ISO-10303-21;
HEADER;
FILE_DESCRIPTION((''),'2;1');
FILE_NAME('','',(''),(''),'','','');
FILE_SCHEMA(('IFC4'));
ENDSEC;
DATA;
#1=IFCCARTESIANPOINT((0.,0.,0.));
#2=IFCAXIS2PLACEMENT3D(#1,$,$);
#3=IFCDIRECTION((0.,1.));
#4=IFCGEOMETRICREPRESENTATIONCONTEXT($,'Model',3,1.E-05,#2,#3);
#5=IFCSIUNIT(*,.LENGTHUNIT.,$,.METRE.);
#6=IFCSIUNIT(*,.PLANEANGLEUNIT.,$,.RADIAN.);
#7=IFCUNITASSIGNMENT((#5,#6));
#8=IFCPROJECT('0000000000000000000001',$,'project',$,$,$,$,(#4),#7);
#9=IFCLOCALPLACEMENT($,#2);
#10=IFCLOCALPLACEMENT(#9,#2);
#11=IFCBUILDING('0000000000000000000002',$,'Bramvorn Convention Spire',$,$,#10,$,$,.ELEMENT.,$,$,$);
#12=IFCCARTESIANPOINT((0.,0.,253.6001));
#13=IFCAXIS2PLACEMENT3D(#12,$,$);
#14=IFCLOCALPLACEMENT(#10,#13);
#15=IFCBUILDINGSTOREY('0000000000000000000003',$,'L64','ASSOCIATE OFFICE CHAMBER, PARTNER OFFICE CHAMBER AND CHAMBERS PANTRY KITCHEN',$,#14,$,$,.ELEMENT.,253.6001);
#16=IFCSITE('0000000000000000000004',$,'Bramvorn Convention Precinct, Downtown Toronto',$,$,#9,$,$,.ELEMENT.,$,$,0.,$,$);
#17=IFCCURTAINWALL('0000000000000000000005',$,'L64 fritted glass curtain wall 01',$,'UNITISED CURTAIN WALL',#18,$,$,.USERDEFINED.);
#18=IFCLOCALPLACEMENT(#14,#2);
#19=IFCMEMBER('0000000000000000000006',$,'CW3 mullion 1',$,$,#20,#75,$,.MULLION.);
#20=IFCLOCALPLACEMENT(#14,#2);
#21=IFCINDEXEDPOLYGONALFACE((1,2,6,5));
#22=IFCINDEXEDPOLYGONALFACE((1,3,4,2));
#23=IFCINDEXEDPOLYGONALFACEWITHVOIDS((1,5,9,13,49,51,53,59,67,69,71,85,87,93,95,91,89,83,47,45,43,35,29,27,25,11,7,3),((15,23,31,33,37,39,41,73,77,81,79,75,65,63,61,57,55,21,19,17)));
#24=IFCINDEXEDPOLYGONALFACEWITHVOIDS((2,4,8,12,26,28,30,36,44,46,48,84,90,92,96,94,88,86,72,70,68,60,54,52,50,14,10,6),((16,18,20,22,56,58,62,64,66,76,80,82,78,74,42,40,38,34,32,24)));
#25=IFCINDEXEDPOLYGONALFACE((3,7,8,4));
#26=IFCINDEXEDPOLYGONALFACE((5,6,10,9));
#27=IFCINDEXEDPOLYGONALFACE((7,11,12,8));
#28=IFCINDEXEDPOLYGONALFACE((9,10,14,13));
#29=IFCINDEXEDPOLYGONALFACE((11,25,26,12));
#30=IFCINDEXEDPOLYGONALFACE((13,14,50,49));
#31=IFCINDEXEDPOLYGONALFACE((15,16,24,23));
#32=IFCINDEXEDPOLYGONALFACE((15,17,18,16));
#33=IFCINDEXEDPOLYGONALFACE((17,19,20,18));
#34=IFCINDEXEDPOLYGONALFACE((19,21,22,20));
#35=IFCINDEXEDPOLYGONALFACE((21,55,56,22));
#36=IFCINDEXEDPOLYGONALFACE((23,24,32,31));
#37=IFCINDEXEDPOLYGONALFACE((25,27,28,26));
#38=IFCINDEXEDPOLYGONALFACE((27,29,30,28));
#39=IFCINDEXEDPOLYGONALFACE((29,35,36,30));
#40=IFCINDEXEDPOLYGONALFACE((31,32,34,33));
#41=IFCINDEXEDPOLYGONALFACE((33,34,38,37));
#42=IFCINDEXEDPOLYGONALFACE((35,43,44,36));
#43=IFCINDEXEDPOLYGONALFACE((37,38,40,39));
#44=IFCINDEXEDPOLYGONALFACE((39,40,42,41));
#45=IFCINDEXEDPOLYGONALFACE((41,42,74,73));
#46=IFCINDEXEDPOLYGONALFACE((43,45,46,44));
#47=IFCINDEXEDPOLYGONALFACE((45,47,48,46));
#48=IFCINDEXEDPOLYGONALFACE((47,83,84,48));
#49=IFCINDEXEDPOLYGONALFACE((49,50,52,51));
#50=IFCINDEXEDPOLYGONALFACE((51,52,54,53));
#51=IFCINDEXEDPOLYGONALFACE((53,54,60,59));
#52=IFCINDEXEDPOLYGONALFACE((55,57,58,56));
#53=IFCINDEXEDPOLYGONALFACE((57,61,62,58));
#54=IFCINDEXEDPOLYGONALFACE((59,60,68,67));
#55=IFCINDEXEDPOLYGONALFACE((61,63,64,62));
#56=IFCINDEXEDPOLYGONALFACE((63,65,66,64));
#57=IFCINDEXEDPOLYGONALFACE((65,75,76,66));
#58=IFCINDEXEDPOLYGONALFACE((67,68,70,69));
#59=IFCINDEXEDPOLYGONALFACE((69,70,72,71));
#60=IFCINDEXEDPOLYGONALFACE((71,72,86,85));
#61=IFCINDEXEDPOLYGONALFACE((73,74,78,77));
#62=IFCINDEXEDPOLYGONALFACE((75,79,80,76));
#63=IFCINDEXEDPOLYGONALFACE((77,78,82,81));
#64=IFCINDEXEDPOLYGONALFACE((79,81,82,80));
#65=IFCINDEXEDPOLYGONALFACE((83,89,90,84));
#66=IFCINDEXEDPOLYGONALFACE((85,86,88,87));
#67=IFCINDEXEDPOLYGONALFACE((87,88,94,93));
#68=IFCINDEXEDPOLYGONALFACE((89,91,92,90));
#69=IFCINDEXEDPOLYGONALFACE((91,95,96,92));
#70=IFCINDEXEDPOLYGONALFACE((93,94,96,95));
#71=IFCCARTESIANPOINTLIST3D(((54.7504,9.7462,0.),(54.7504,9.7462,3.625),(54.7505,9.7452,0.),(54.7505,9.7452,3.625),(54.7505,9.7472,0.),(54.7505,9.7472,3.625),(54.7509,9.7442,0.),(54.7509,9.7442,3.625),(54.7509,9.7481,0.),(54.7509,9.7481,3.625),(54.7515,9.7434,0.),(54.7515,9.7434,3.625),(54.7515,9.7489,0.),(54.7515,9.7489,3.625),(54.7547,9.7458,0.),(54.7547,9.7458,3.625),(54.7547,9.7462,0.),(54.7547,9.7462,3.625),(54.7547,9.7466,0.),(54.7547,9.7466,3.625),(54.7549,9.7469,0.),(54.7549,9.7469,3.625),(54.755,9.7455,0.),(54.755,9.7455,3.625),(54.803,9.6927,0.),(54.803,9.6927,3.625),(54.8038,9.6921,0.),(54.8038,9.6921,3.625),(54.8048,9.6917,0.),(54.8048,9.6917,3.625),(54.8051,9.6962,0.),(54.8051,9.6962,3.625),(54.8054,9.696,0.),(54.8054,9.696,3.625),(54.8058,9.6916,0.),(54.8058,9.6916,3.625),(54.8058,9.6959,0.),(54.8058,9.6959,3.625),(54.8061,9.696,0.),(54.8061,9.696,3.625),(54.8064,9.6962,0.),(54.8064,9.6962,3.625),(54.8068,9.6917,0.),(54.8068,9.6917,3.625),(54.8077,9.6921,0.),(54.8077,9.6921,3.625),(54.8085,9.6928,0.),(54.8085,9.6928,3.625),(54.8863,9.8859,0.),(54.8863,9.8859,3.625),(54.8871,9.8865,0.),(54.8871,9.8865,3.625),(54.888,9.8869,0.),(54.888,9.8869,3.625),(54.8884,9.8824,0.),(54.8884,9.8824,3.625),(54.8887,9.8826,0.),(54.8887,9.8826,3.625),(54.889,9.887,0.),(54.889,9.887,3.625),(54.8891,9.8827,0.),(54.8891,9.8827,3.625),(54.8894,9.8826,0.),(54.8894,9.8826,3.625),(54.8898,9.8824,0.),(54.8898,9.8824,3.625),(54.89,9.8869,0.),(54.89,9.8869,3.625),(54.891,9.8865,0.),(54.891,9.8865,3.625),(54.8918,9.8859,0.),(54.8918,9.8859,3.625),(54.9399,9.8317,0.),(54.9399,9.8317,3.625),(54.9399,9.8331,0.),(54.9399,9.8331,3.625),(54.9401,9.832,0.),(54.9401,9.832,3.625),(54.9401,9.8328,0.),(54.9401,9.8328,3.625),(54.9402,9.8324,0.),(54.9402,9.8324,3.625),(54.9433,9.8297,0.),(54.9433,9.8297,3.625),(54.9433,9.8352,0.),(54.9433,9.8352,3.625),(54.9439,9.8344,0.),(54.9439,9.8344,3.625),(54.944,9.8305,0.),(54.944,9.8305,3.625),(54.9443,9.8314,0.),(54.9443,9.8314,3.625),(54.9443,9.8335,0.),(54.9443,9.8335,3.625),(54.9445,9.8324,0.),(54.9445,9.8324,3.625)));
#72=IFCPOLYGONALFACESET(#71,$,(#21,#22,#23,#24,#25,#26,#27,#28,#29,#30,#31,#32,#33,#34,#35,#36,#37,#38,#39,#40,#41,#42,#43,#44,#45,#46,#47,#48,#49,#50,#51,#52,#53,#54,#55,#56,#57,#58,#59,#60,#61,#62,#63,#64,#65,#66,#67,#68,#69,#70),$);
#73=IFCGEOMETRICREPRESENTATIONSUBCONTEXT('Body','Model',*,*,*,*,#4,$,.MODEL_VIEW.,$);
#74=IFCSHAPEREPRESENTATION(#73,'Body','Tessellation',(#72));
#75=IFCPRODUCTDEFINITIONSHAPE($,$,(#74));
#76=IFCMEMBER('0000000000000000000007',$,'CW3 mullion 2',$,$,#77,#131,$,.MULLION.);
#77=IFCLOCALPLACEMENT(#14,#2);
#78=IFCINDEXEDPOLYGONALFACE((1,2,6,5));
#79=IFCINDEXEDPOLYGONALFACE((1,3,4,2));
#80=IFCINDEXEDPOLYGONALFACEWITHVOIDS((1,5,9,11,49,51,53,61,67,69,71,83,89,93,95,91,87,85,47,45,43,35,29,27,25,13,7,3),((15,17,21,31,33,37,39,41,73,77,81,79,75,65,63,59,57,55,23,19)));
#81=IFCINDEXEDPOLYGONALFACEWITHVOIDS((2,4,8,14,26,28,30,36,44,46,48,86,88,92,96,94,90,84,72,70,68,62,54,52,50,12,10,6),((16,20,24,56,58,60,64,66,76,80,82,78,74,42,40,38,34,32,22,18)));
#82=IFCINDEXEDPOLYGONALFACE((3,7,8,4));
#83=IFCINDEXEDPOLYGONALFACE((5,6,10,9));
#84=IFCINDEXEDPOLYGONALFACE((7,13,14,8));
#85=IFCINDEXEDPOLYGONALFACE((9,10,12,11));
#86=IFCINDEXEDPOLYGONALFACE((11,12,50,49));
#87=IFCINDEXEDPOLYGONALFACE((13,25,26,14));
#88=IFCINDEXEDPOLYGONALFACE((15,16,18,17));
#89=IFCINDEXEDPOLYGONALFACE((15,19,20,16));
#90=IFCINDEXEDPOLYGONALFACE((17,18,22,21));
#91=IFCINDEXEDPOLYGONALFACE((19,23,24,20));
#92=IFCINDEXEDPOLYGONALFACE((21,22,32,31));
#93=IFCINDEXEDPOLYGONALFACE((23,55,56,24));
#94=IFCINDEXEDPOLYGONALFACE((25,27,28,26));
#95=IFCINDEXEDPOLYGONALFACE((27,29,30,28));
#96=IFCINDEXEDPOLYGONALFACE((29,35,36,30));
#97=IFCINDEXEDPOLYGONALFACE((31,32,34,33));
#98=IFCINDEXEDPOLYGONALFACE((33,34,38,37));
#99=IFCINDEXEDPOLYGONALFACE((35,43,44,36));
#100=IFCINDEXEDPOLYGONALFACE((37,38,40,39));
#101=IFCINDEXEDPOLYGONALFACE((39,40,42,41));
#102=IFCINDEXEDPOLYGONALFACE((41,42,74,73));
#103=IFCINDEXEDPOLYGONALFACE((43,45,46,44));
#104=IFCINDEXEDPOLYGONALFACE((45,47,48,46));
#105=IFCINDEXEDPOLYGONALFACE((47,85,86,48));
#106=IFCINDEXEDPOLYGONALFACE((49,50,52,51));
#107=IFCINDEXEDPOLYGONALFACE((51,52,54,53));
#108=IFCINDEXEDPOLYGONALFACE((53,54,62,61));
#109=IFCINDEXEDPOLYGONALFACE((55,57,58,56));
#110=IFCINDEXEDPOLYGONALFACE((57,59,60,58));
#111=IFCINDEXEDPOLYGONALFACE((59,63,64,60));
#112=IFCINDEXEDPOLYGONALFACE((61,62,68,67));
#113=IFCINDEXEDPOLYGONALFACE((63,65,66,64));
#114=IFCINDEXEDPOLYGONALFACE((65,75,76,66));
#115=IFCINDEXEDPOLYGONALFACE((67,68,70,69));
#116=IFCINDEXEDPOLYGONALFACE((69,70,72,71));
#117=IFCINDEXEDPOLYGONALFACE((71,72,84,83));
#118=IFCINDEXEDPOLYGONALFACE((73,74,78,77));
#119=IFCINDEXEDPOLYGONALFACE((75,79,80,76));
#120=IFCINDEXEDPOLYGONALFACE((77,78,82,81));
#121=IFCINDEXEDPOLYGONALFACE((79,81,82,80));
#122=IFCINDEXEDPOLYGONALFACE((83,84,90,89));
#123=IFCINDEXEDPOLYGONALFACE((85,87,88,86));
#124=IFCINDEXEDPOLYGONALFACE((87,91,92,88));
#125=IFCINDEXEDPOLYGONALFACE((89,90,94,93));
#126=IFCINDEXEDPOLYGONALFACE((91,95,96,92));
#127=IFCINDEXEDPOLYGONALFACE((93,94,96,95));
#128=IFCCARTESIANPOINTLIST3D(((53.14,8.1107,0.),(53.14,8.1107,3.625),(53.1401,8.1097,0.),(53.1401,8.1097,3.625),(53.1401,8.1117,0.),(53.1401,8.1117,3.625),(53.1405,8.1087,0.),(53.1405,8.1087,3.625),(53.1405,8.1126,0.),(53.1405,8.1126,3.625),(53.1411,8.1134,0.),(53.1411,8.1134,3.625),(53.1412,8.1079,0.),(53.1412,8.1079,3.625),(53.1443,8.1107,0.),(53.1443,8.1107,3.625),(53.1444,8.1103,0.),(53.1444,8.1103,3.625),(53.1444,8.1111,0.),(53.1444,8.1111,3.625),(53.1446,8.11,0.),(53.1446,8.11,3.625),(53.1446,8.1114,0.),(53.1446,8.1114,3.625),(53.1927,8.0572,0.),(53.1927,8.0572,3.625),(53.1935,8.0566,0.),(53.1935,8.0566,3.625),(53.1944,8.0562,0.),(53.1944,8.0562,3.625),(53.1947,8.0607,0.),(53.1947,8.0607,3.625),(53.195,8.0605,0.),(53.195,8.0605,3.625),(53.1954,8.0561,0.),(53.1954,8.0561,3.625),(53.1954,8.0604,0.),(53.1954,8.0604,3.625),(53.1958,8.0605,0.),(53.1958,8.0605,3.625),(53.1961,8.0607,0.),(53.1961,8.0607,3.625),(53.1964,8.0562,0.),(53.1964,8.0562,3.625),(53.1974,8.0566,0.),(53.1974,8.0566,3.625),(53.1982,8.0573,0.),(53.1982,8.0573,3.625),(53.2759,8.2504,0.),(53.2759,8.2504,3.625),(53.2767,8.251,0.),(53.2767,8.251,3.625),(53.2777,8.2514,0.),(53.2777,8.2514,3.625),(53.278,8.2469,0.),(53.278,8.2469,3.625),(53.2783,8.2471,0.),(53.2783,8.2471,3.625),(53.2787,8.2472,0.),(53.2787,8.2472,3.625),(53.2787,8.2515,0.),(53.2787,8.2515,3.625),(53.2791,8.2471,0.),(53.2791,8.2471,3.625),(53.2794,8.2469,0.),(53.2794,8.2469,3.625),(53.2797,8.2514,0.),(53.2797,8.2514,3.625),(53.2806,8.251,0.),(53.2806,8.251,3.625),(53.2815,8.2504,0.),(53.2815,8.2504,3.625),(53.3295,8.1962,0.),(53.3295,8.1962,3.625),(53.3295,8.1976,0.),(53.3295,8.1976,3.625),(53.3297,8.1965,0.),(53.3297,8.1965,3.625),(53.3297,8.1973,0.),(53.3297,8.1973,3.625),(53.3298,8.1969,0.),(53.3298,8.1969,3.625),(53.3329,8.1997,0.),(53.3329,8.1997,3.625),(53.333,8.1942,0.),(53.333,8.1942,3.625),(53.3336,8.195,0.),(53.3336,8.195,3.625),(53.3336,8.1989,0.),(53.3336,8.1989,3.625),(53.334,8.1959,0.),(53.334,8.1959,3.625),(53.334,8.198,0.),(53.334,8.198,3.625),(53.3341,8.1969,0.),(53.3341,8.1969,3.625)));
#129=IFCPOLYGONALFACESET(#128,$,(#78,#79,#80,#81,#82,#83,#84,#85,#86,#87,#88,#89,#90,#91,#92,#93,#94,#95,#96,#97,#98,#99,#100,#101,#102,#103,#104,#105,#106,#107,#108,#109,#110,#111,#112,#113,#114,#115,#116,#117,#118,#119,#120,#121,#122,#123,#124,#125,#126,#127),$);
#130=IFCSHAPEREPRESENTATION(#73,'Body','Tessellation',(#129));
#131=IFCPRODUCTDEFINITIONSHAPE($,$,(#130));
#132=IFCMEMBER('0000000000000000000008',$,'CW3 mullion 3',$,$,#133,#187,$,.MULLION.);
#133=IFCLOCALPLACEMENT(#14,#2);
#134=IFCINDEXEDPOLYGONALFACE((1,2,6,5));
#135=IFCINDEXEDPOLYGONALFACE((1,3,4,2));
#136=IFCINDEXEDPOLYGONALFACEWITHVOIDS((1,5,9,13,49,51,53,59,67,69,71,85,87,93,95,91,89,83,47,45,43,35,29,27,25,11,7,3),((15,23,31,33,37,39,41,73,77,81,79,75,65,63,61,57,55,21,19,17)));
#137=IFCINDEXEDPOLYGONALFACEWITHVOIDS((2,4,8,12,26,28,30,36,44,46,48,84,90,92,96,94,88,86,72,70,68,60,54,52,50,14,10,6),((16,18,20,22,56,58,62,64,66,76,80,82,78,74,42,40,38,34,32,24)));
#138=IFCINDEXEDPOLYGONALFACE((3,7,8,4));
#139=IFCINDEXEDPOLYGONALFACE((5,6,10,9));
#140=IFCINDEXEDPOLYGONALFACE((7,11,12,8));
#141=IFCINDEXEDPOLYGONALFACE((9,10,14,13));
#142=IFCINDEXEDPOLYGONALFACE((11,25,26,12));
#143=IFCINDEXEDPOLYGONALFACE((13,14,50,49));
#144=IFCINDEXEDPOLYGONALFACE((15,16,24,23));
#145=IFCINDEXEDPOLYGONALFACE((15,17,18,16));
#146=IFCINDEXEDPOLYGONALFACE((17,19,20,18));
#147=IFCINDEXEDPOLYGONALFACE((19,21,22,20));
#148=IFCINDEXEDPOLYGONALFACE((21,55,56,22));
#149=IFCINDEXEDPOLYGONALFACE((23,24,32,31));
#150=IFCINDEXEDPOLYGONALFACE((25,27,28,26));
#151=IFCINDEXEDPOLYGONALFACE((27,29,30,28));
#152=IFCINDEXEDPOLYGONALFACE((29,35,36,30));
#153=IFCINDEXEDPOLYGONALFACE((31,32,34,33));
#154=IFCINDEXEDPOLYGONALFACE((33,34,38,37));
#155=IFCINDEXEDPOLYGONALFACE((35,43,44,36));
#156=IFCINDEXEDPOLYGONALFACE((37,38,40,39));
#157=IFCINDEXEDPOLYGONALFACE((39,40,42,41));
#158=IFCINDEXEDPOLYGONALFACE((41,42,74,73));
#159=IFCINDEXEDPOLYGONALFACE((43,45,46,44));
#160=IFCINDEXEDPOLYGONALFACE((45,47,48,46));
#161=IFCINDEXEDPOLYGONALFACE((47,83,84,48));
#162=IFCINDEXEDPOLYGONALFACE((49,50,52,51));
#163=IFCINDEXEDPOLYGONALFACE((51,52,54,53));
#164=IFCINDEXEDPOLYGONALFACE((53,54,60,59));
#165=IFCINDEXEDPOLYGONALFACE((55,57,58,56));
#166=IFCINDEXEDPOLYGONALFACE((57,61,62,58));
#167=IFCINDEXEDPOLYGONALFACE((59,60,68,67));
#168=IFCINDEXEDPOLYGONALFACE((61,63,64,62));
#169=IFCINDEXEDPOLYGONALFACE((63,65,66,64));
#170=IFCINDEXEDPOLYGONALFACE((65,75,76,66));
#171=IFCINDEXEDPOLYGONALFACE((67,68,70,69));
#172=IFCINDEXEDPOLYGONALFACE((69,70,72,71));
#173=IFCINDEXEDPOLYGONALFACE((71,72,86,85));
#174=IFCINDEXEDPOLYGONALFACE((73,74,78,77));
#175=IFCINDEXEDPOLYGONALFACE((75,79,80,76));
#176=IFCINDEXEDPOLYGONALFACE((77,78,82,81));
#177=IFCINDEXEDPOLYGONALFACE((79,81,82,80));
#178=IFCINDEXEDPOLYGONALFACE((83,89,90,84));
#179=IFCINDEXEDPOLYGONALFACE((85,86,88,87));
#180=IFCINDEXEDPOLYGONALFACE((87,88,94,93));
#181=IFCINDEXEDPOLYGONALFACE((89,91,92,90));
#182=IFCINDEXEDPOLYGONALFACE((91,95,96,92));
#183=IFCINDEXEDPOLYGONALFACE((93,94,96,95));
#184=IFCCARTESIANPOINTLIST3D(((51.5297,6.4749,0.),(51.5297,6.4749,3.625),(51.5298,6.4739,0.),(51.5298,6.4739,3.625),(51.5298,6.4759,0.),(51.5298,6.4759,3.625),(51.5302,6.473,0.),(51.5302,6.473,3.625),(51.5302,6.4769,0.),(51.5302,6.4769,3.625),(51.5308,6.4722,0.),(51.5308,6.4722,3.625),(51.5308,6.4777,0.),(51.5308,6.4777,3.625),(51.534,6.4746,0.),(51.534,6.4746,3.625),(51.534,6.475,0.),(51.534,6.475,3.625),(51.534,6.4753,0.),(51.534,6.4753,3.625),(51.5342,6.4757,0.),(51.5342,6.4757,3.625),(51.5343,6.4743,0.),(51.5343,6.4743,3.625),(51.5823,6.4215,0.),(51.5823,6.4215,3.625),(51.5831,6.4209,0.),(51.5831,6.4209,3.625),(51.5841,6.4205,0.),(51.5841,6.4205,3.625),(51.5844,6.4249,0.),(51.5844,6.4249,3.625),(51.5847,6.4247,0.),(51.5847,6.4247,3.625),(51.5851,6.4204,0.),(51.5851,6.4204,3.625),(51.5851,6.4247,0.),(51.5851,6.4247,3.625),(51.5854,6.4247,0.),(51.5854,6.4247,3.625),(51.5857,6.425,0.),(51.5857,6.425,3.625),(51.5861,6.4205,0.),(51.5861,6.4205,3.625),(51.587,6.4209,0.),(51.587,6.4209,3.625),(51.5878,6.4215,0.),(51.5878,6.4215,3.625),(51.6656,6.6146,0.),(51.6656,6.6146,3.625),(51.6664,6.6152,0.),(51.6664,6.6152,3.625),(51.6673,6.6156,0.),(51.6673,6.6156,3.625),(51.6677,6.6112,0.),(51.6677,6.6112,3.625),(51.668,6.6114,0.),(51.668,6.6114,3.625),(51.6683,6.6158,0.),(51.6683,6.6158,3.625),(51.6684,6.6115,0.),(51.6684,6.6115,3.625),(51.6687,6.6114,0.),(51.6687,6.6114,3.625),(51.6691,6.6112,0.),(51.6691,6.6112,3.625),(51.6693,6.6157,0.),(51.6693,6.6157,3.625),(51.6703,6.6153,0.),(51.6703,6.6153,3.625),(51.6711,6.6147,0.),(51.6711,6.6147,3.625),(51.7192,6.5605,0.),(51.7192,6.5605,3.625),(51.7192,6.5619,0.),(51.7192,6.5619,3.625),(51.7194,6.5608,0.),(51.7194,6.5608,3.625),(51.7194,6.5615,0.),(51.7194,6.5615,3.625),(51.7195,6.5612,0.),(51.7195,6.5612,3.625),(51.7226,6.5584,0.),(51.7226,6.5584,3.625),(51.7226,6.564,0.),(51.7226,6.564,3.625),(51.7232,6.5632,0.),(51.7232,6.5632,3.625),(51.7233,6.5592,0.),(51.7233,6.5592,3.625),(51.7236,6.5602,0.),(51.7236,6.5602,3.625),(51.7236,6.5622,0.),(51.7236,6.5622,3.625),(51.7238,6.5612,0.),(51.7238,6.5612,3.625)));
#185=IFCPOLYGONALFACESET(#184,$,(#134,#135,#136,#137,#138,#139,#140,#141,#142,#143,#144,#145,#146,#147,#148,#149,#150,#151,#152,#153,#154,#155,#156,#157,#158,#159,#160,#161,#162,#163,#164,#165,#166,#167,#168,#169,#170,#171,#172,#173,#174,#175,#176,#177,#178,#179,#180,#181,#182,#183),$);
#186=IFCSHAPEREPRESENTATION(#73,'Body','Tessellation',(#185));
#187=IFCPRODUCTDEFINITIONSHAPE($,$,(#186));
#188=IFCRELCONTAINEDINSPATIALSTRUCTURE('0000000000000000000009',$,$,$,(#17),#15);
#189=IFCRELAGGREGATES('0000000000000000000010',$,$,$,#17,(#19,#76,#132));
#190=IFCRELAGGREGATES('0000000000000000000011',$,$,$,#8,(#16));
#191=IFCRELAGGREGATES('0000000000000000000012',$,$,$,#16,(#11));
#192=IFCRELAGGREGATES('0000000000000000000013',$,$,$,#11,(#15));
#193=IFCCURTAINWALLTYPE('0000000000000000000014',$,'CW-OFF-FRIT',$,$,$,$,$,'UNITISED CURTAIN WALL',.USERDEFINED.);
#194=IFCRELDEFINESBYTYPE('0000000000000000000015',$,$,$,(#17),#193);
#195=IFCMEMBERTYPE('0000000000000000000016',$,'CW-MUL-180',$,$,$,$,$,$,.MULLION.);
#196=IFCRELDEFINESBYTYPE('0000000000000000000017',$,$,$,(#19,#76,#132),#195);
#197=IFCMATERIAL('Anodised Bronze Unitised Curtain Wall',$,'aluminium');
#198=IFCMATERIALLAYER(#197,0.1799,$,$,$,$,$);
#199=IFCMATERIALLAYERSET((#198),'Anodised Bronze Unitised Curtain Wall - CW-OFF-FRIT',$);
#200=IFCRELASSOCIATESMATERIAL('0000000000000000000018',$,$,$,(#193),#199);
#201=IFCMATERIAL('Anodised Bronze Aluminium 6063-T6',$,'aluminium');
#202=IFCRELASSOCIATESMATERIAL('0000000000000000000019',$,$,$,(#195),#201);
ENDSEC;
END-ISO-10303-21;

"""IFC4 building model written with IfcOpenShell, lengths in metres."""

from ifc_helpers import new_model, si_unit, direction, frame, origin, origin_2d, place, context, subcontext, project, spatial, hollow_rectangle, extrude, material, layer, layer_set, material_profile, profile_set, type_object, element, aggregate, save


model = new_model("IFC4")

# Units and contexts
model_context = context("Model", 3, precision=1e-05, world=origin(), true_north=direction((0.0, 1.0)))
body_context = subcontext(model_context, "Body", "Model", "MODEL_VIEW")
ifc_project = project(units=[si_unit("LENGTHUNIT", "METRE"), si_unit("PLANEANGLEUNIT", "RADIAN")], contexts=[model_context])

# Site, building, storey
site_placement = place(None, origin())
site = spatial("IfcSite", under=ifc_project, at=site_placement, Name="Bramvorn Convention Precinct, Downtown Toronto", CompositionType="ELEMENT", RefElevation=0.0)
building_placement = place(site_placement, origin())
building = spatial("IfcBuilding", under=site, at=building_placement, Name="Bramvorn Convention Spire", CompositionType="ELEMENT")
storey_placement = place(building_placement, frame((0.0, 0.0, 253.6001)))
storey = spatial("IfcBuildingStorey", under=building, at=storey_placement, Name="L64", Description="ASSOCIATE OFFICE CHAMBER, PARTNER OFFICE CHAMBER AND CHAMBERS PANTRY KITCHEN", CompositionType="ELEMENT", Elevation=253.6001)

# Curtain wall, members
ifc_material_1 = material(Name="Anodised Bronze Unitised Curtain Wall", Category="aluminium")
ifc_layer_1 = layer(ifc_material_1, 0.1799)
ifc_layer_set_1 = layer_set([ifc_layer_1], Name="Anodised Bronze Unitised Curtain Wall - CW-OFF-FRIT")
curtain_wall_type = type_object("IfcCurtainWallType", Name="CW-OFF-FRIT", ElementType="UNITISED CURTAIN WALL", PredefinedType="USERDEFINED", material=ifc_layer_set_1)
curtain_wall_1_placement = place(storey_placement, origin())
curtain_wall_1 = element("IfcCurtainWall", 1, at=curtain_wall_1_placement, inside=storey, type_object=curtain_wall_type, Name="L64 fritted glass curtain wall 01", ObjectType="UNITISED CURTAIN WALL", PredefinedType="USERDEFINED")
ifc_material_2 = material(Name="Anodised Bronze Aluminium 6063-T6", Category="aluminium")
ifc_material_profile_1 = material_profile(ifc_material_2, hollow_rectangle(XDim=0.0801, YDim=0.2, WallThickness=0.0039, InnerFilletRadius=0.001, OuterFilletRadius=0.0039, at=origin_2d()))
ifc_profile_set_1 = profile_set([ifc_material_profile_1], Name="Anodised Bronze Aluminium 6063-T6 - CWM80X200")
member_type_1 = type_object("IfcMemberType", Name="CW-MUL-180", PredefinedType="MULLION", material=ifc_profile_set_1)
member_1_placement = place(storey_placement, frame((54.8474, 9.7893, 0.0), z_axis=(0.0, 0.0, 1.0), x_axis=(0.71259, -0.701581, 0.0)))
member_1 = element("IfcMember", 2, at=member_1_placement, type_object=member_type_1, Name="CW3 mullion 1", PredefinedType="MULLION", context=body_context, shape_type="SweptSolid", body=[
    extrude(hollow_rectangle(XDim=0.0801, YDim=0.2, WallThickness=0.0039, InnerFilletRadius=0.001, OuterFilletRadius=0.0039, at=origin_2d()), origin(), (0.0, 0.0, 1.0), 3.625),
])
member_2_placement = place(storey_placement, frame((53.2371, 8.1538, 0.0), z_axis=(0.0, 0.0, 1.0), x_axis=(0.71259, -0.701581, 0.0)))
member_2 = element("IfcMember", 3, at=member_2_placement, type_object=member_type_1, Name="CW3 mullion 2", PredefinedType="MULLION", context=body_context, shape_type="SweptSolid", body=[
    extrude(hollow_rectangle(XDim=0.0801, YDim=0.2, WallThickness=0.0039, InnerFilletRadius=0.001, OuterFilletRadius=0.0039, at=origin_2d()), origin(), (0.0, 0.0, 1.0), 3.625),
])
member_3_placement = place(storey_placement, frame((51.6267, 6.5181, 0.0), z_axis=(0.0, 0.0, 1.0), x_axis=(0.71259, -0.701581, 0.0)))
member_3 = element("IfcMember", 4, at=member_3_placement, type_object=member_type_1, Name="CW3 mullion 3", PredefinedType="MULLION", context=body_context, shape_type="SweptSolid", body=[
    extrude(hollow_rectangle(XDim=0.0801, YDim=0.2, WallThickness=0.0039, InnerFilletRadius=0.001, OuterFilletRadius=0.0039, at=origin_2d()), origin(), (0.0, 0.0, 1.0), 3.625),
])

aggregate(curtain_wall_1, [member_1, member_2, member_3])

save(model, "model.ifc")
